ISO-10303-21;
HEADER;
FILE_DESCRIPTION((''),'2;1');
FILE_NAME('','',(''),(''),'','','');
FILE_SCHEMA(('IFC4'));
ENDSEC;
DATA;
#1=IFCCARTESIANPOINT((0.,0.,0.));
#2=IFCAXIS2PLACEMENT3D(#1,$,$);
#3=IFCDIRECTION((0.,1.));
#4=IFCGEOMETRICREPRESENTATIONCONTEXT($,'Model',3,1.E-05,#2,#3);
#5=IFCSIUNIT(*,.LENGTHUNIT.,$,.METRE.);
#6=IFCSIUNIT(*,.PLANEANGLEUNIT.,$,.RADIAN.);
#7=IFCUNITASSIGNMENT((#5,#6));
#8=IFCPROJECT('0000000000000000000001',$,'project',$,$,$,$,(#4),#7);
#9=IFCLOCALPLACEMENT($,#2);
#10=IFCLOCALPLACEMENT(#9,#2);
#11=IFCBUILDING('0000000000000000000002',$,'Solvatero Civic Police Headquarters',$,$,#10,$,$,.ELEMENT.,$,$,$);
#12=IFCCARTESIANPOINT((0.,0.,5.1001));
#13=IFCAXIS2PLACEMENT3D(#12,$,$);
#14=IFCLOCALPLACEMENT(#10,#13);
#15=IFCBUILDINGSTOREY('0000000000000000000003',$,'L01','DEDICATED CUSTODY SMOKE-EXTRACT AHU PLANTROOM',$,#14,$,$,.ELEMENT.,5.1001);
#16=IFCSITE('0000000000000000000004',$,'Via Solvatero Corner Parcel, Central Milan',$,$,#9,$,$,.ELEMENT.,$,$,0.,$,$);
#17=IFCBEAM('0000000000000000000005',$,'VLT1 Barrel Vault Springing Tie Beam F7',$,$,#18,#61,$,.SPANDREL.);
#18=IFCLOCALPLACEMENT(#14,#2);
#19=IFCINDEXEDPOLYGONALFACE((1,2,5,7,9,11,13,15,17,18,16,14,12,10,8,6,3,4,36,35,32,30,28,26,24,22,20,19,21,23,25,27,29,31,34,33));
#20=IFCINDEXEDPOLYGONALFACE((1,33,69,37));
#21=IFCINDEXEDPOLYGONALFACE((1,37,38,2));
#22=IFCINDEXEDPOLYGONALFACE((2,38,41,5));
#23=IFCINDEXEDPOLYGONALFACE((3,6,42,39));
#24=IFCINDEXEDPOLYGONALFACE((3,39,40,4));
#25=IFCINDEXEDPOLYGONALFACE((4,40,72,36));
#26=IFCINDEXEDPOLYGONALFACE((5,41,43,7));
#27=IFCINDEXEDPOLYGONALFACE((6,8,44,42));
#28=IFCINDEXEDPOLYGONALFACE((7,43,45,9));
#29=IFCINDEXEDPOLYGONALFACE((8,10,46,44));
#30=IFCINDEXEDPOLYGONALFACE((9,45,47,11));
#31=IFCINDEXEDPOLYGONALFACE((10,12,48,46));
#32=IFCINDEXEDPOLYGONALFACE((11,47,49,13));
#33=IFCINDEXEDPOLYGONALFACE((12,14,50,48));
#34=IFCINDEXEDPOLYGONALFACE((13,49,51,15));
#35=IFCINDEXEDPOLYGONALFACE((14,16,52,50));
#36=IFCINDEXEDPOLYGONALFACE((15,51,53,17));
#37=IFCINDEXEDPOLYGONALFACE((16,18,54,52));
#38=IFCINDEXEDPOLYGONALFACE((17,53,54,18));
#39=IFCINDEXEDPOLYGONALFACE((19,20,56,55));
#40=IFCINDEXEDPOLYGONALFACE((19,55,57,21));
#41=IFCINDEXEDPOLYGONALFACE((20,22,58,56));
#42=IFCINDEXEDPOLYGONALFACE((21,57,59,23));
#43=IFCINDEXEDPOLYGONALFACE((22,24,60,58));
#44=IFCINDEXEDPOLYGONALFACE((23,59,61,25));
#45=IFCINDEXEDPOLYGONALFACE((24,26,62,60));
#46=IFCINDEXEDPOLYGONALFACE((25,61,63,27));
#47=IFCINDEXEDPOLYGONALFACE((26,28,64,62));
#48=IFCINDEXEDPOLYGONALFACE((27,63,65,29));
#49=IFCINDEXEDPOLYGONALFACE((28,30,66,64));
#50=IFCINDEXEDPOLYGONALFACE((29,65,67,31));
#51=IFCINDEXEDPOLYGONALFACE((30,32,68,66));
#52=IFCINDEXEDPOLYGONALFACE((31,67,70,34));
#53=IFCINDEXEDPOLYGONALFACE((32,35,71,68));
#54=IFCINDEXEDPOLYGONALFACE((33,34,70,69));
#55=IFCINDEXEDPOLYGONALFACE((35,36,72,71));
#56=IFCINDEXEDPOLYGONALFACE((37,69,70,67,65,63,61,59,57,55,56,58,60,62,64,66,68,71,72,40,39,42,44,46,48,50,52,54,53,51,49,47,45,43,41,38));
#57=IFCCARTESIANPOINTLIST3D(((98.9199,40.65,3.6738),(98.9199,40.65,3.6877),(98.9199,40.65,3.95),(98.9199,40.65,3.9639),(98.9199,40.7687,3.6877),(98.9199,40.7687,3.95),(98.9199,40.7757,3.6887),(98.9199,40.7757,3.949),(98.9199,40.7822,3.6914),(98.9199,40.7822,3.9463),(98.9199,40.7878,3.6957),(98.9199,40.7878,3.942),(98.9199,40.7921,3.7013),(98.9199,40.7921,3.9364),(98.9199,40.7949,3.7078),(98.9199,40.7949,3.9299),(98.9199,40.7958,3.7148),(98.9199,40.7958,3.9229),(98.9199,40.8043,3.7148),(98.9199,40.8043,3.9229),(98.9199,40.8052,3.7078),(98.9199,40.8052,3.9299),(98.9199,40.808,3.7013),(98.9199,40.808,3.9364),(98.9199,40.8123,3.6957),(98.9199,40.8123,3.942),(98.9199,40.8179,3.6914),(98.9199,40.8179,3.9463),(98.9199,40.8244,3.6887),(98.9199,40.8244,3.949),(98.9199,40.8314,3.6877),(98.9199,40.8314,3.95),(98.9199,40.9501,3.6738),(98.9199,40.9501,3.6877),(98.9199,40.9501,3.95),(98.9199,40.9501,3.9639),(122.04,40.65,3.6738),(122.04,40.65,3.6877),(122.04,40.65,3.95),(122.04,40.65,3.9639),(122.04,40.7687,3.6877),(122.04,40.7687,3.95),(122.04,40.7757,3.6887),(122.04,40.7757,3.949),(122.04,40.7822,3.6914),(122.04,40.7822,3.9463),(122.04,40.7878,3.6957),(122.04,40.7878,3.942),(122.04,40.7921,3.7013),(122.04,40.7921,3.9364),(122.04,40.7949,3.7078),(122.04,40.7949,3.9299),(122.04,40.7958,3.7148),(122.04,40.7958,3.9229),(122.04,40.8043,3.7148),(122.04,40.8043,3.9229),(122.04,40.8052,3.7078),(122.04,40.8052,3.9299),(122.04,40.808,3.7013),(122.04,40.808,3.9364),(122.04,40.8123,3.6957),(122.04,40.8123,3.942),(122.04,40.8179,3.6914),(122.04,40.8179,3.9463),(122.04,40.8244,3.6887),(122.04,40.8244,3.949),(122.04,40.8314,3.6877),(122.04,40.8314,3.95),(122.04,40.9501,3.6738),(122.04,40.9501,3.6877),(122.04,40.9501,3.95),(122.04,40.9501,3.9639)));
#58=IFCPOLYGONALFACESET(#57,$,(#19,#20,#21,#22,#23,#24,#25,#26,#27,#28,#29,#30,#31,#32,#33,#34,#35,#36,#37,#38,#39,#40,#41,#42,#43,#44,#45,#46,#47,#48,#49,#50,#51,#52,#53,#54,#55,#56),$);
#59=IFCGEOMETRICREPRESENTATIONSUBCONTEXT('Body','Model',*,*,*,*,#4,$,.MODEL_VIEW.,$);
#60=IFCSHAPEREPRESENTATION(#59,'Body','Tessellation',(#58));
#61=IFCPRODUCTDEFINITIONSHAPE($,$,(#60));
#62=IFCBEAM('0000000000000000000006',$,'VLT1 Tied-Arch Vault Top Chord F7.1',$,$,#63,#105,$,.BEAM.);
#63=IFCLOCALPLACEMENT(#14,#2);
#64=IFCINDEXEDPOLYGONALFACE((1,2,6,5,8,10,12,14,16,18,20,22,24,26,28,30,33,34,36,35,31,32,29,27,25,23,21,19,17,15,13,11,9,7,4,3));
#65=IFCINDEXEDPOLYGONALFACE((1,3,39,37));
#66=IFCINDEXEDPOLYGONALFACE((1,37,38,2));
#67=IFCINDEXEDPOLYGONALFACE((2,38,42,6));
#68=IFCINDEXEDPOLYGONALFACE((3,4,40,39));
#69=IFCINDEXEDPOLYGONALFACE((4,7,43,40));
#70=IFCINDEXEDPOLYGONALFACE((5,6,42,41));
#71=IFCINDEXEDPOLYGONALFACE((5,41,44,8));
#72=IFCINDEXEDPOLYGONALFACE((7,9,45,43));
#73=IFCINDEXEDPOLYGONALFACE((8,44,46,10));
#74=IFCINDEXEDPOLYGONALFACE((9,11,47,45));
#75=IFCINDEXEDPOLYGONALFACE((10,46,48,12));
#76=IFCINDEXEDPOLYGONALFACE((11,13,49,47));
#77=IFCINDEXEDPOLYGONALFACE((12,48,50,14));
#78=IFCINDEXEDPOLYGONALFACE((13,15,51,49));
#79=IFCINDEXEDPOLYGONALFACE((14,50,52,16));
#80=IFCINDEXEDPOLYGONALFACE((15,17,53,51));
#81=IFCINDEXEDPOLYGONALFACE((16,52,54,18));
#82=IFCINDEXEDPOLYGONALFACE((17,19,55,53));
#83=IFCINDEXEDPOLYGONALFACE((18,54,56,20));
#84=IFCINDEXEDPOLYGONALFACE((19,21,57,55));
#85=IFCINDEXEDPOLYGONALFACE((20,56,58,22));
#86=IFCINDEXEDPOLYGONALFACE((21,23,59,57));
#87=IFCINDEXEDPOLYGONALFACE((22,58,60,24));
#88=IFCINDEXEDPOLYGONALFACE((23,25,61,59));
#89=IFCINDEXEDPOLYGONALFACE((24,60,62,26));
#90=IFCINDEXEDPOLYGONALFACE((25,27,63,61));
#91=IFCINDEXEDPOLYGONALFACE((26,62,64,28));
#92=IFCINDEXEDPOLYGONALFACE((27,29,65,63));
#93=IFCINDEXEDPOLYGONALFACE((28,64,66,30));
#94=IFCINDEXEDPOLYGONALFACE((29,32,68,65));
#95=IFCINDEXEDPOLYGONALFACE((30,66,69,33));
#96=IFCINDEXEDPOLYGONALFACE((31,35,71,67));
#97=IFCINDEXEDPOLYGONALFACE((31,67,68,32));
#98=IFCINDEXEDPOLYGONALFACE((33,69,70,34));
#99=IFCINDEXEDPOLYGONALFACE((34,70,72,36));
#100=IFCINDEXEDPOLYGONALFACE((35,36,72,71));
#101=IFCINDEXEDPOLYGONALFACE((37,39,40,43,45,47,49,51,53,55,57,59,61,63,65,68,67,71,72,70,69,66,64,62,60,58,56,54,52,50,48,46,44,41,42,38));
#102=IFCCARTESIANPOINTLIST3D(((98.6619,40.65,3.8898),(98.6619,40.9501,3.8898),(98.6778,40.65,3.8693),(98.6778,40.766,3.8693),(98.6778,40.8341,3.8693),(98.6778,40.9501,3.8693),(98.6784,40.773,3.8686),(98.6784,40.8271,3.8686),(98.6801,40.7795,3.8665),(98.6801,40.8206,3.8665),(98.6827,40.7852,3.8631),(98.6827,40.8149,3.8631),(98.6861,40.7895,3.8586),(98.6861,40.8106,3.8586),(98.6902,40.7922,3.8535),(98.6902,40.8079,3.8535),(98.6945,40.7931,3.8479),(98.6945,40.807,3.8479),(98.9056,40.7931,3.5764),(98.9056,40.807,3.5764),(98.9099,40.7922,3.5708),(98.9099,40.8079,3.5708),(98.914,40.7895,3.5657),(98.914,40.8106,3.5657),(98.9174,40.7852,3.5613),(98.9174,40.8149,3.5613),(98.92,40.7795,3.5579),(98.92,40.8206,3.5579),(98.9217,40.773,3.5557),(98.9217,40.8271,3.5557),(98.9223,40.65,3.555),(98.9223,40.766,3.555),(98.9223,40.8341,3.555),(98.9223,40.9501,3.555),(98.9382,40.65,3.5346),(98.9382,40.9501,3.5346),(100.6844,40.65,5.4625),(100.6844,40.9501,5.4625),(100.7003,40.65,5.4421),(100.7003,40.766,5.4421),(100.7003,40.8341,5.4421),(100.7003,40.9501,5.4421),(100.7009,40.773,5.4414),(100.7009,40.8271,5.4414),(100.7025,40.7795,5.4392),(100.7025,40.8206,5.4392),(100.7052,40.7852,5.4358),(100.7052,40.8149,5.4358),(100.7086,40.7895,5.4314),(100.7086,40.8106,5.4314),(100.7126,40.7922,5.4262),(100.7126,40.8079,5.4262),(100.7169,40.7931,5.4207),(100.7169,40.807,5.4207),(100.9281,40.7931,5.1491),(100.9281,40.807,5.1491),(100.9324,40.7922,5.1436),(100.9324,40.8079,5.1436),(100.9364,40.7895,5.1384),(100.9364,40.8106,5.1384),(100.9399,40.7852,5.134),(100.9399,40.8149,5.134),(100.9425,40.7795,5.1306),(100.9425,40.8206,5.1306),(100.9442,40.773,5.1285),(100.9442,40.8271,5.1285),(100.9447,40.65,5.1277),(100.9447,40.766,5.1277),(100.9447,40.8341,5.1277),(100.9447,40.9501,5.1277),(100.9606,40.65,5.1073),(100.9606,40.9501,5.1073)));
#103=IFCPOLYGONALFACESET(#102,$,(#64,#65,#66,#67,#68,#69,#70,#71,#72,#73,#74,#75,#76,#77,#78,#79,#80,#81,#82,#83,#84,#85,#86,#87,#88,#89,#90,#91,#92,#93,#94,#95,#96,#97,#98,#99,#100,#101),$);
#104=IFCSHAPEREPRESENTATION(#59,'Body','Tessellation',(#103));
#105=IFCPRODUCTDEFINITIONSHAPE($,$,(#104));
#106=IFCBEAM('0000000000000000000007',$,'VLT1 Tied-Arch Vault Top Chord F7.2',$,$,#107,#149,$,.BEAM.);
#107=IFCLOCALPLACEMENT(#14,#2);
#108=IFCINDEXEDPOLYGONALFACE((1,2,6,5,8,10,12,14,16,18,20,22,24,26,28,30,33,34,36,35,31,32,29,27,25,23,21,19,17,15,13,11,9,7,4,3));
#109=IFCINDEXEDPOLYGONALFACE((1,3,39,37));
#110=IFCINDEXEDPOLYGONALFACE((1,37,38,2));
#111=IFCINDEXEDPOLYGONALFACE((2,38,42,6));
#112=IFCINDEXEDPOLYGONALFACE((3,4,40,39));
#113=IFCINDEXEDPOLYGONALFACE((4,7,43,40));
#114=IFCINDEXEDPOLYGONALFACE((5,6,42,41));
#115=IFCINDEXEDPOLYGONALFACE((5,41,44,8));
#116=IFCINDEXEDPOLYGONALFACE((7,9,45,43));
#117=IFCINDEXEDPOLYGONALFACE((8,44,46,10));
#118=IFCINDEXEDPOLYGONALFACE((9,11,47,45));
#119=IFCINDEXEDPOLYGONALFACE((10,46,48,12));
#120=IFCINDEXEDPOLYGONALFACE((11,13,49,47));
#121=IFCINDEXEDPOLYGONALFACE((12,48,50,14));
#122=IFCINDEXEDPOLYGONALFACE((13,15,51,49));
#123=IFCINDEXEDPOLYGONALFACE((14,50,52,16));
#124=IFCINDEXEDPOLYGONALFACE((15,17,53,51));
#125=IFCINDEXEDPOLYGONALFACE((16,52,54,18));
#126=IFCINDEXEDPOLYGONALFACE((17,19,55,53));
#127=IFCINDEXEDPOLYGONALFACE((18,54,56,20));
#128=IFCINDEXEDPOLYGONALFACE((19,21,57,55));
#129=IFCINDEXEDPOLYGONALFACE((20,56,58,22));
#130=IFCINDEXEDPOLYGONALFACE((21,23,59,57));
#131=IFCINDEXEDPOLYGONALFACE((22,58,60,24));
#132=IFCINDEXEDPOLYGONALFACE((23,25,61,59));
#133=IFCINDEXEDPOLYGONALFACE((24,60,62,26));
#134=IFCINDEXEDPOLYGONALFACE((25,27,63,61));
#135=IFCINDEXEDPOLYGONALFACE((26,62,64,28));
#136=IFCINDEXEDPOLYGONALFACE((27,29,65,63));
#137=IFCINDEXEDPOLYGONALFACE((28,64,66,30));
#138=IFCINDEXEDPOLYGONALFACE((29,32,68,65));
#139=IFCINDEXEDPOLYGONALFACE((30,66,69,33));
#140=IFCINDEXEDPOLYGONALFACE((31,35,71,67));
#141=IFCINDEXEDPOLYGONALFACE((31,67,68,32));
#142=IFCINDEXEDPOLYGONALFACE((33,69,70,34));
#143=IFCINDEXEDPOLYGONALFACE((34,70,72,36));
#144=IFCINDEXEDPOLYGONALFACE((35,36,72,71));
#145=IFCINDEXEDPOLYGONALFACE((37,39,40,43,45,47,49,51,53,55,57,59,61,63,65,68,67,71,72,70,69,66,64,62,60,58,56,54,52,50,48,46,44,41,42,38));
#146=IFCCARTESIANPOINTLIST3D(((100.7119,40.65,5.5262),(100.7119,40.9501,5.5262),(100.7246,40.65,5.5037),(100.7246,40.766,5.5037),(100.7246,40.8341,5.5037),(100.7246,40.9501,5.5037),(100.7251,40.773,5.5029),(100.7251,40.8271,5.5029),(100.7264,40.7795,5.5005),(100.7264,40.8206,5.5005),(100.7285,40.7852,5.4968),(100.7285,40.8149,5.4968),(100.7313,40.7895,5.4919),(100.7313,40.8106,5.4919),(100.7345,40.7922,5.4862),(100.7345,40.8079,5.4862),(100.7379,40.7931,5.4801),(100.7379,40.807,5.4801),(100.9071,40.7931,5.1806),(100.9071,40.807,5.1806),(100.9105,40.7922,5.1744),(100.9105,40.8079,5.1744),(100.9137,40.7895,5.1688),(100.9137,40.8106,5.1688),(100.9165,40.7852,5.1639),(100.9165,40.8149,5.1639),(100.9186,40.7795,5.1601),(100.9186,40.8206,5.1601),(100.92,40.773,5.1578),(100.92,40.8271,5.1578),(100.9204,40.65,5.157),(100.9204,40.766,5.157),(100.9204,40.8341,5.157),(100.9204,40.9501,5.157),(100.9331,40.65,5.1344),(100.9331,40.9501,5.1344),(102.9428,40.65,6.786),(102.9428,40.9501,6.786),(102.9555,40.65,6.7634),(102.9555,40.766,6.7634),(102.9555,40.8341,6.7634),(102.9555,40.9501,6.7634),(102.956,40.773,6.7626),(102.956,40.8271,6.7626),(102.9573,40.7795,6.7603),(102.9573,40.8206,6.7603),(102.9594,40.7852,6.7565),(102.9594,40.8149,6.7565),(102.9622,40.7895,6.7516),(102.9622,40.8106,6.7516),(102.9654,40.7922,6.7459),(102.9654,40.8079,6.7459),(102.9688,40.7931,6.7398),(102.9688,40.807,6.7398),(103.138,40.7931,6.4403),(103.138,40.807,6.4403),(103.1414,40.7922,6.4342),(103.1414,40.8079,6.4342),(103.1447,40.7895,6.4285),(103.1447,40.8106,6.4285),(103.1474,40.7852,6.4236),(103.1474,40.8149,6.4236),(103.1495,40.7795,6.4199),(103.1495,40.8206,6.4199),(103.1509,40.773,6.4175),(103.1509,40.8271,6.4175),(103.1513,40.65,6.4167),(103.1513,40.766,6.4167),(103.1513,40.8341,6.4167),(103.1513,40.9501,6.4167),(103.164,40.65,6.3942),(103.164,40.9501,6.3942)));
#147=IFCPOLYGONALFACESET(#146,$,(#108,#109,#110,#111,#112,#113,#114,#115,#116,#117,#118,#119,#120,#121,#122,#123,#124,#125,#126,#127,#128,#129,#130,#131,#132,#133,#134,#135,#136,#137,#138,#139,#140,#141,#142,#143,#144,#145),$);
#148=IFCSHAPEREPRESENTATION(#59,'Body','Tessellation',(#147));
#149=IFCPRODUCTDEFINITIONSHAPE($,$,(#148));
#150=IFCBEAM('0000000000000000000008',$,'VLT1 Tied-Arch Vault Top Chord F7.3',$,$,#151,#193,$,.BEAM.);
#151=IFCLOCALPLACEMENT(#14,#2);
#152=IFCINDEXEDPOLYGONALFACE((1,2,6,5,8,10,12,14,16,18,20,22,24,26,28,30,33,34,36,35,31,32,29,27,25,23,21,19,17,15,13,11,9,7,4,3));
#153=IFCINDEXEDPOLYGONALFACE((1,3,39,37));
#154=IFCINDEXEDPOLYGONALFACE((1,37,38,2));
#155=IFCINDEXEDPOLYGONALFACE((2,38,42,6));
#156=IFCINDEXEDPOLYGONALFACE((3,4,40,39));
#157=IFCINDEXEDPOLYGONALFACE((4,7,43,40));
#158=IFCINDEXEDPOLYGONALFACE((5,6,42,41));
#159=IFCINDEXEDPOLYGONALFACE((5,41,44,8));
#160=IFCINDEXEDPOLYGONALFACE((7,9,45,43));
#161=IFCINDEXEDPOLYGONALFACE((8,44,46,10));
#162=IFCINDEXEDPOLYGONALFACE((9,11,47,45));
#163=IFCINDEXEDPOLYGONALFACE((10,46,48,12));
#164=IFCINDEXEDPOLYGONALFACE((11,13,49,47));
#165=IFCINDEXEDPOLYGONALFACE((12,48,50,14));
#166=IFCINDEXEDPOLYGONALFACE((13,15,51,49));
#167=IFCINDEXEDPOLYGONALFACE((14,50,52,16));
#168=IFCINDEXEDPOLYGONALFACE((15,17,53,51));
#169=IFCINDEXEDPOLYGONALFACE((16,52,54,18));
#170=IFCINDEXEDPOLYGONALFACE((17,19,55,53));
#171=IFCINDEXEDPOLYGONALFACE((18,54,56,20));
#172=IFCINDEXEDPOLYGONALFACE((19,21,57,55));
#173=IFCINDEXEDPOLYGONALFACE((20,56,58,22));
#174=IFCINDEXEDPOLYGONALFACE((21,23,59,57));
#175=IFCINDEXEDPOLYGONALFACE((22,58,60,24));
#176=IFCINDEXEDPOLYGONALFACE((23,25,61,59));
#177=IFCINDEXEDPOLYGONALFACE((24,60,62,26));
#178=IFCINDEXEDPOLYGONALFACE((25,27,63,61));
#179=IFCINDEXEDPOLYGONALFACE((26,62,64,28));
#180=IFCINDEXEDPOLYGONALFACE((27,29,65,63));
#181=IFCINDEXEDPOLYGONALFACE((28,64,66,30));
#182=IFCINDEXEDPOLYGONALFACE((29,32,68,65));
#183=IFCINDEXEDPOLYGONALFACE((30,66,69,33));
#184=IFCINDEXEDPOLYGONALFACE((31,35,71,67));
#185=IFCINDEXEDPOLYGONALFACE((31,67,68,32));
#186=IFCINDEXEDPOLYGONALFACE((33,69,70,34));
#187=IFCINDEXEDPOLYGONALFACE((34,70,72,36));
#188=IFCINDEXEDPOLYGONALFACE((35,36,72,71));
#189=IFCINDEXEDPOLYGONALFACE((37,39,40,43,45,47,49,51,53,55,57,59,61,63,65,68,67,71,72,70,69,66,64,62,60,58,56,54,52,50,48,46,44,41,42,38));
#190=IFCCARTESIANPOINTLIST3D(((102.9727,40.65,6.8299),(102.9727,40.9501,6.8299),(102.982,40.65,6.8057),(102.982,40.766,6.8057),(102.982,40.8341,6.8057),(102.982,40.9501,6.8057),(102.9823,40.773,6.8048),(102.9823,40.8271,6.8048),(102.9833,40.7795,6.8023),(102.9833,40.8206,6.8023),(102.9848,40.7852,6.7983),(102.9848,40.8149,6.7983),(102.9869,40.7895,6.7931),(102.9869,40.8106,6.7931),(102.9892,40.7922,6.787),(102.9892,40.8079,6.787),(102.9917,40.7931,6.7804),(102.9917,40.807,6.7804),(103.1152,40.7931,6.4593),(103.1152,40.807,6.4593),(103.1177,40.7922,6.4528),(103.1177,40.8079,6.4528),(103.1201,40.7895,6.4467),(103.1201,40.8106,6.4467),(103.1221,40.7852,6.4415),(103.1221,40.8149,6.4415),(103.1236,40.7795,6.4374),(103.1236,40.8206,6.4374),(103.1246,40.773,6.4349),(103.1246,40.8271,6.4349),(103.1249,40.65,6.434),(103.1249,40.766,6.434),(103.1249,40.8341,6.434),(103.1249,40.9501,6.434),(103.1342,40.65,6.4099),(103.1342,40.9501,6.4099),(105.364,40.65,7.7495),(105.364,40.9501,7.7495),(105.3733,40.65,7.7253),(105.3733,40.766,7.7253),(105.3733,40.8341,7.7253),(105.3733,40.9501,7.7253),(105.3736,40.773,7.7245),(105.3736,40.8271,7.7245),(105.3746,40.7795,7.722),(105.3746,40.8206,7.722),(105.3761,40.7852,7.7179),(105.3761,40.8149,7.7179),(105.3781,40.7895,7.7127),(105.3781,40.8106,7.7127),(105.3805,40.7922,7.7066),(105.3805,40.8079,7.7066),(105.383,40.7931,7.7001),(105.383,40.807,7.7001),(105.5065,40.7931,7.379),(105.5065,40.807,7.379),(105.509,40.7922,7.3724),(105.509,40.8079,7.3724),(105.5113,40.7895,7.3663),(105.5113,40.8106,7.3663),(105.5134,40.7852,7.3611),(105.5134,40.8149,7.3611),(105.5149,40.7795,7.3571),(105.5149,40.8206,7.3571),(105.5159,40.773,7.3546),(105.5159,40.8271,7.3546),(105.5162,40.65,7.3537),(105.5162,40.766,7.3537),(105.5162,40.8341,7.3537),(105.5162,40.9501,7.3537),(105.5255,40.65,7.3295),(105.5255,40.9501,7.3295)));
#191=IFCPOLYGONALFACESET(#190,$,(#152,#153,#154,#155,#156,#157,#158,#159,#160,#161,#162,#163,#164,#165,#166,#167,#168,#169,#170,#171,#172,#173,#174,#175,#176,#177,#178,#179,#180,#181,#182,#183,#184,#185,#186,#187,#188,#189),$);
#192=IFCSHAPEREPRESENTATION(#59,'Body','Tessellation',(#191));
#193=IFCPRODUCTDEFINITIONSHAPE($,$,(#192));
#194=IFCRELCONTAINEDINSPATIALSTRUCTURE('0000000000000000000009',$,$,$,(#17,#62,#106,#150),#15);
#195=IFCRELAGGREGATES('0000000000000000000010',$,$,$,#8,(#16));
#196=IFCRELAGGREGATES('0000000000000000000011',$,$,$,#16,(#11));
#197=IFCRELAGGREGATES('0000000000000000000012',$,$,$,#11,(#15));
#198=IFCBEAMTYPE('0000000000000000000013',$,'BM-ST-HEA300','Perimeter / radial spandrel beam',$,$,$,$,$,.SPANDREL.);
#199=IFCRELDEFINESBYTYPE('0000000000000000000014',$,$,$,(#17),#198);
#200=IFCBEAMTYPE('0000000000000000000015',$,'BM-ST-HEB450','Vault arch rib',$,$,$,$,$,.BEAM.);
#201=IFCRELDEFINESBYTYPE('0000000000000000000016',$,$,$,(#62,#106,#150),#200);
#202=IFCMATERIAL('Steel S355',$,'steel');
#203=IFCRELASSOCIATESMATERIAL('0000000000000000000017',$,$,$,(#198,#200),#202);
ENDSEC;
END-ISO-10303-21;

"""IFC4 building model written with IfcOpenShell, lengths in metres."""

from ifc_helpers import new_model, si_unit, direction, frame, origin, origin_2d, place, context, subcontext, project, spatial, i_section, extrude, material, material_profile, profile_set, type_object, element, save


model = new_model("IFC4")

# Units and contexts
model_context = context("Model", 3, precision=1e-05, world=origin(), true_north=direction((0.0, 1.0)))
body_context = subcontext(model_context, "Body", "Model", "MODEL_VIEW")
ifc_project = project(units=[si_unit("LENGTHUNIT", "METRE"), si_unit("PLANEANGLEUNIT", "RADIAN")], contexts=[model_context])

# Site, building, storey
site_placement = place(None, origin())
site = spatial("IfcSite", under=ifc_project, at=site_placement, Name="Via Solvatero Corner Parcel, Central Milan", CompositionType="ELEMENT", RefElevation=0.0)
building_placement = place(site_placement, origin())
building = spatial("IfcBuilding", under=site, at=building_placement, Name="Solvatero Civic Police Headquarters", CompositionType="ELEMENT")
storey_placement = place(building_placement, frame((0.0, 0.0, 5.1001)))
storey = spatial("IfcBuildingStorey", under=building, at=storey_placement, Name="L01", Description="DEDICATED CUSTODY SMOKE-EXTRACT AHU PLANTROOM", CompositionType="ELEMENT", Elevation=5.1001)

# Beams
ifc_material_1 = material(Name="Steel S355", Category="steel")
ifc_material_profile_1 = material_profile(ifc_material_1, i_section(OverallWidth=0.3, OverallDepth=0.29, WebThickness=0.0085, FlangeThickness=0.0139, FilletRadius=0.0271, at=origin_2d()), Name="HEA 300")
ifc_profile_set_1 = profile_set([ifc_material_profile_1], Name="Steel S355")
beam_type_1 = type_object("IfcBeamType", Name="BM-ST-HEA300", Description="Perimeter / radial spandrel beam", PredefinedType="SPANDREL", material=ifc_profile_set_1)
beam_1_placement = place(storey_placement, frame((98.9199, 40.8, 3.8188), z_axis=(1.0, 0.0, 0.0), x_axis=(0.0, 1.0, 0.0)))
element("IfcBeam", 1, at=beam_1_placement, inside=storey, type_object=beam_type_1, Name="VLT1 Barrel Vault Springing Tie Beam F7", PredefinedType="SPANDREL", context=body_context, shape_type="SweptSolid", body=[
    extrude(i_section(OverallWidth=0.3, OverallDepth=0.29, WebThickness=0.0085, FlangeThickness=0.0139, FilletRadius=0.0271, at=origin_2d()), origin(), (0.0, 0.0, 1.0), 23.1201),
])
ifc_material_profile_2 = material_profile(ifc_material_1, i_section(OverallWidth=0.3, OverallDepth=0.45, WebThickness=0.0139, FlangeThickness=0.0259, FilletRadius=0.0271, at=origin_2d()), Name="HEB 450")
ifc_profile_set_2 = profile_set([ifc_material_profile_2], Name="Steel S355")
beam_type_2 = type_object("IfcBeamType", Name="BM-ST-HEB450", Description="Vault arch rib", PredefinedType="BEAM", material=ifc_profile_set_2)
for number, where, z_axis, x_axis, name in (
    (2, (98.8, 40.8, 3.7122), (0.789404, 0.0, 0.613875), (0.0, 1.0, 0.0), "VLT1 Tied-Arch Vault Top Chord F7.1"),
    (3, (100.8225, 40.8, 5.3303), (0.870765, 0.0, 0.491699), (0.0, 1.0, 0.0), "VLT1 Tied-Arch Vault Top Chord F7.2"),
    (4, (103.0535, 40.8, 6.6199), (0.933355, 0.0, 0.358954), (0.0, 1.0, 0.0), "VLT1 Tied-Arch Vault Top Chord F7.3"),
):
    element("IfcBeam", number, at=place(storey_placement, frame(where, z_axis=z_axis, x_axis=x_axis)), inside=storey, type_object=beam_type_2, Name=name, PredefinedType="BEAM", context=body_context, shape_type="SweptSolid", body=[
        extrude(i_section(OverallWidth=0.3, OverallDepth=0.45, WebThickness=0.0139, FlangeThickness=0.0259, FilletRadius=0.0271, at=origin_2d()), origin(), (0.0, 0.0, 1.0), 2.562),
    ])

save(model, "model.ifc")
